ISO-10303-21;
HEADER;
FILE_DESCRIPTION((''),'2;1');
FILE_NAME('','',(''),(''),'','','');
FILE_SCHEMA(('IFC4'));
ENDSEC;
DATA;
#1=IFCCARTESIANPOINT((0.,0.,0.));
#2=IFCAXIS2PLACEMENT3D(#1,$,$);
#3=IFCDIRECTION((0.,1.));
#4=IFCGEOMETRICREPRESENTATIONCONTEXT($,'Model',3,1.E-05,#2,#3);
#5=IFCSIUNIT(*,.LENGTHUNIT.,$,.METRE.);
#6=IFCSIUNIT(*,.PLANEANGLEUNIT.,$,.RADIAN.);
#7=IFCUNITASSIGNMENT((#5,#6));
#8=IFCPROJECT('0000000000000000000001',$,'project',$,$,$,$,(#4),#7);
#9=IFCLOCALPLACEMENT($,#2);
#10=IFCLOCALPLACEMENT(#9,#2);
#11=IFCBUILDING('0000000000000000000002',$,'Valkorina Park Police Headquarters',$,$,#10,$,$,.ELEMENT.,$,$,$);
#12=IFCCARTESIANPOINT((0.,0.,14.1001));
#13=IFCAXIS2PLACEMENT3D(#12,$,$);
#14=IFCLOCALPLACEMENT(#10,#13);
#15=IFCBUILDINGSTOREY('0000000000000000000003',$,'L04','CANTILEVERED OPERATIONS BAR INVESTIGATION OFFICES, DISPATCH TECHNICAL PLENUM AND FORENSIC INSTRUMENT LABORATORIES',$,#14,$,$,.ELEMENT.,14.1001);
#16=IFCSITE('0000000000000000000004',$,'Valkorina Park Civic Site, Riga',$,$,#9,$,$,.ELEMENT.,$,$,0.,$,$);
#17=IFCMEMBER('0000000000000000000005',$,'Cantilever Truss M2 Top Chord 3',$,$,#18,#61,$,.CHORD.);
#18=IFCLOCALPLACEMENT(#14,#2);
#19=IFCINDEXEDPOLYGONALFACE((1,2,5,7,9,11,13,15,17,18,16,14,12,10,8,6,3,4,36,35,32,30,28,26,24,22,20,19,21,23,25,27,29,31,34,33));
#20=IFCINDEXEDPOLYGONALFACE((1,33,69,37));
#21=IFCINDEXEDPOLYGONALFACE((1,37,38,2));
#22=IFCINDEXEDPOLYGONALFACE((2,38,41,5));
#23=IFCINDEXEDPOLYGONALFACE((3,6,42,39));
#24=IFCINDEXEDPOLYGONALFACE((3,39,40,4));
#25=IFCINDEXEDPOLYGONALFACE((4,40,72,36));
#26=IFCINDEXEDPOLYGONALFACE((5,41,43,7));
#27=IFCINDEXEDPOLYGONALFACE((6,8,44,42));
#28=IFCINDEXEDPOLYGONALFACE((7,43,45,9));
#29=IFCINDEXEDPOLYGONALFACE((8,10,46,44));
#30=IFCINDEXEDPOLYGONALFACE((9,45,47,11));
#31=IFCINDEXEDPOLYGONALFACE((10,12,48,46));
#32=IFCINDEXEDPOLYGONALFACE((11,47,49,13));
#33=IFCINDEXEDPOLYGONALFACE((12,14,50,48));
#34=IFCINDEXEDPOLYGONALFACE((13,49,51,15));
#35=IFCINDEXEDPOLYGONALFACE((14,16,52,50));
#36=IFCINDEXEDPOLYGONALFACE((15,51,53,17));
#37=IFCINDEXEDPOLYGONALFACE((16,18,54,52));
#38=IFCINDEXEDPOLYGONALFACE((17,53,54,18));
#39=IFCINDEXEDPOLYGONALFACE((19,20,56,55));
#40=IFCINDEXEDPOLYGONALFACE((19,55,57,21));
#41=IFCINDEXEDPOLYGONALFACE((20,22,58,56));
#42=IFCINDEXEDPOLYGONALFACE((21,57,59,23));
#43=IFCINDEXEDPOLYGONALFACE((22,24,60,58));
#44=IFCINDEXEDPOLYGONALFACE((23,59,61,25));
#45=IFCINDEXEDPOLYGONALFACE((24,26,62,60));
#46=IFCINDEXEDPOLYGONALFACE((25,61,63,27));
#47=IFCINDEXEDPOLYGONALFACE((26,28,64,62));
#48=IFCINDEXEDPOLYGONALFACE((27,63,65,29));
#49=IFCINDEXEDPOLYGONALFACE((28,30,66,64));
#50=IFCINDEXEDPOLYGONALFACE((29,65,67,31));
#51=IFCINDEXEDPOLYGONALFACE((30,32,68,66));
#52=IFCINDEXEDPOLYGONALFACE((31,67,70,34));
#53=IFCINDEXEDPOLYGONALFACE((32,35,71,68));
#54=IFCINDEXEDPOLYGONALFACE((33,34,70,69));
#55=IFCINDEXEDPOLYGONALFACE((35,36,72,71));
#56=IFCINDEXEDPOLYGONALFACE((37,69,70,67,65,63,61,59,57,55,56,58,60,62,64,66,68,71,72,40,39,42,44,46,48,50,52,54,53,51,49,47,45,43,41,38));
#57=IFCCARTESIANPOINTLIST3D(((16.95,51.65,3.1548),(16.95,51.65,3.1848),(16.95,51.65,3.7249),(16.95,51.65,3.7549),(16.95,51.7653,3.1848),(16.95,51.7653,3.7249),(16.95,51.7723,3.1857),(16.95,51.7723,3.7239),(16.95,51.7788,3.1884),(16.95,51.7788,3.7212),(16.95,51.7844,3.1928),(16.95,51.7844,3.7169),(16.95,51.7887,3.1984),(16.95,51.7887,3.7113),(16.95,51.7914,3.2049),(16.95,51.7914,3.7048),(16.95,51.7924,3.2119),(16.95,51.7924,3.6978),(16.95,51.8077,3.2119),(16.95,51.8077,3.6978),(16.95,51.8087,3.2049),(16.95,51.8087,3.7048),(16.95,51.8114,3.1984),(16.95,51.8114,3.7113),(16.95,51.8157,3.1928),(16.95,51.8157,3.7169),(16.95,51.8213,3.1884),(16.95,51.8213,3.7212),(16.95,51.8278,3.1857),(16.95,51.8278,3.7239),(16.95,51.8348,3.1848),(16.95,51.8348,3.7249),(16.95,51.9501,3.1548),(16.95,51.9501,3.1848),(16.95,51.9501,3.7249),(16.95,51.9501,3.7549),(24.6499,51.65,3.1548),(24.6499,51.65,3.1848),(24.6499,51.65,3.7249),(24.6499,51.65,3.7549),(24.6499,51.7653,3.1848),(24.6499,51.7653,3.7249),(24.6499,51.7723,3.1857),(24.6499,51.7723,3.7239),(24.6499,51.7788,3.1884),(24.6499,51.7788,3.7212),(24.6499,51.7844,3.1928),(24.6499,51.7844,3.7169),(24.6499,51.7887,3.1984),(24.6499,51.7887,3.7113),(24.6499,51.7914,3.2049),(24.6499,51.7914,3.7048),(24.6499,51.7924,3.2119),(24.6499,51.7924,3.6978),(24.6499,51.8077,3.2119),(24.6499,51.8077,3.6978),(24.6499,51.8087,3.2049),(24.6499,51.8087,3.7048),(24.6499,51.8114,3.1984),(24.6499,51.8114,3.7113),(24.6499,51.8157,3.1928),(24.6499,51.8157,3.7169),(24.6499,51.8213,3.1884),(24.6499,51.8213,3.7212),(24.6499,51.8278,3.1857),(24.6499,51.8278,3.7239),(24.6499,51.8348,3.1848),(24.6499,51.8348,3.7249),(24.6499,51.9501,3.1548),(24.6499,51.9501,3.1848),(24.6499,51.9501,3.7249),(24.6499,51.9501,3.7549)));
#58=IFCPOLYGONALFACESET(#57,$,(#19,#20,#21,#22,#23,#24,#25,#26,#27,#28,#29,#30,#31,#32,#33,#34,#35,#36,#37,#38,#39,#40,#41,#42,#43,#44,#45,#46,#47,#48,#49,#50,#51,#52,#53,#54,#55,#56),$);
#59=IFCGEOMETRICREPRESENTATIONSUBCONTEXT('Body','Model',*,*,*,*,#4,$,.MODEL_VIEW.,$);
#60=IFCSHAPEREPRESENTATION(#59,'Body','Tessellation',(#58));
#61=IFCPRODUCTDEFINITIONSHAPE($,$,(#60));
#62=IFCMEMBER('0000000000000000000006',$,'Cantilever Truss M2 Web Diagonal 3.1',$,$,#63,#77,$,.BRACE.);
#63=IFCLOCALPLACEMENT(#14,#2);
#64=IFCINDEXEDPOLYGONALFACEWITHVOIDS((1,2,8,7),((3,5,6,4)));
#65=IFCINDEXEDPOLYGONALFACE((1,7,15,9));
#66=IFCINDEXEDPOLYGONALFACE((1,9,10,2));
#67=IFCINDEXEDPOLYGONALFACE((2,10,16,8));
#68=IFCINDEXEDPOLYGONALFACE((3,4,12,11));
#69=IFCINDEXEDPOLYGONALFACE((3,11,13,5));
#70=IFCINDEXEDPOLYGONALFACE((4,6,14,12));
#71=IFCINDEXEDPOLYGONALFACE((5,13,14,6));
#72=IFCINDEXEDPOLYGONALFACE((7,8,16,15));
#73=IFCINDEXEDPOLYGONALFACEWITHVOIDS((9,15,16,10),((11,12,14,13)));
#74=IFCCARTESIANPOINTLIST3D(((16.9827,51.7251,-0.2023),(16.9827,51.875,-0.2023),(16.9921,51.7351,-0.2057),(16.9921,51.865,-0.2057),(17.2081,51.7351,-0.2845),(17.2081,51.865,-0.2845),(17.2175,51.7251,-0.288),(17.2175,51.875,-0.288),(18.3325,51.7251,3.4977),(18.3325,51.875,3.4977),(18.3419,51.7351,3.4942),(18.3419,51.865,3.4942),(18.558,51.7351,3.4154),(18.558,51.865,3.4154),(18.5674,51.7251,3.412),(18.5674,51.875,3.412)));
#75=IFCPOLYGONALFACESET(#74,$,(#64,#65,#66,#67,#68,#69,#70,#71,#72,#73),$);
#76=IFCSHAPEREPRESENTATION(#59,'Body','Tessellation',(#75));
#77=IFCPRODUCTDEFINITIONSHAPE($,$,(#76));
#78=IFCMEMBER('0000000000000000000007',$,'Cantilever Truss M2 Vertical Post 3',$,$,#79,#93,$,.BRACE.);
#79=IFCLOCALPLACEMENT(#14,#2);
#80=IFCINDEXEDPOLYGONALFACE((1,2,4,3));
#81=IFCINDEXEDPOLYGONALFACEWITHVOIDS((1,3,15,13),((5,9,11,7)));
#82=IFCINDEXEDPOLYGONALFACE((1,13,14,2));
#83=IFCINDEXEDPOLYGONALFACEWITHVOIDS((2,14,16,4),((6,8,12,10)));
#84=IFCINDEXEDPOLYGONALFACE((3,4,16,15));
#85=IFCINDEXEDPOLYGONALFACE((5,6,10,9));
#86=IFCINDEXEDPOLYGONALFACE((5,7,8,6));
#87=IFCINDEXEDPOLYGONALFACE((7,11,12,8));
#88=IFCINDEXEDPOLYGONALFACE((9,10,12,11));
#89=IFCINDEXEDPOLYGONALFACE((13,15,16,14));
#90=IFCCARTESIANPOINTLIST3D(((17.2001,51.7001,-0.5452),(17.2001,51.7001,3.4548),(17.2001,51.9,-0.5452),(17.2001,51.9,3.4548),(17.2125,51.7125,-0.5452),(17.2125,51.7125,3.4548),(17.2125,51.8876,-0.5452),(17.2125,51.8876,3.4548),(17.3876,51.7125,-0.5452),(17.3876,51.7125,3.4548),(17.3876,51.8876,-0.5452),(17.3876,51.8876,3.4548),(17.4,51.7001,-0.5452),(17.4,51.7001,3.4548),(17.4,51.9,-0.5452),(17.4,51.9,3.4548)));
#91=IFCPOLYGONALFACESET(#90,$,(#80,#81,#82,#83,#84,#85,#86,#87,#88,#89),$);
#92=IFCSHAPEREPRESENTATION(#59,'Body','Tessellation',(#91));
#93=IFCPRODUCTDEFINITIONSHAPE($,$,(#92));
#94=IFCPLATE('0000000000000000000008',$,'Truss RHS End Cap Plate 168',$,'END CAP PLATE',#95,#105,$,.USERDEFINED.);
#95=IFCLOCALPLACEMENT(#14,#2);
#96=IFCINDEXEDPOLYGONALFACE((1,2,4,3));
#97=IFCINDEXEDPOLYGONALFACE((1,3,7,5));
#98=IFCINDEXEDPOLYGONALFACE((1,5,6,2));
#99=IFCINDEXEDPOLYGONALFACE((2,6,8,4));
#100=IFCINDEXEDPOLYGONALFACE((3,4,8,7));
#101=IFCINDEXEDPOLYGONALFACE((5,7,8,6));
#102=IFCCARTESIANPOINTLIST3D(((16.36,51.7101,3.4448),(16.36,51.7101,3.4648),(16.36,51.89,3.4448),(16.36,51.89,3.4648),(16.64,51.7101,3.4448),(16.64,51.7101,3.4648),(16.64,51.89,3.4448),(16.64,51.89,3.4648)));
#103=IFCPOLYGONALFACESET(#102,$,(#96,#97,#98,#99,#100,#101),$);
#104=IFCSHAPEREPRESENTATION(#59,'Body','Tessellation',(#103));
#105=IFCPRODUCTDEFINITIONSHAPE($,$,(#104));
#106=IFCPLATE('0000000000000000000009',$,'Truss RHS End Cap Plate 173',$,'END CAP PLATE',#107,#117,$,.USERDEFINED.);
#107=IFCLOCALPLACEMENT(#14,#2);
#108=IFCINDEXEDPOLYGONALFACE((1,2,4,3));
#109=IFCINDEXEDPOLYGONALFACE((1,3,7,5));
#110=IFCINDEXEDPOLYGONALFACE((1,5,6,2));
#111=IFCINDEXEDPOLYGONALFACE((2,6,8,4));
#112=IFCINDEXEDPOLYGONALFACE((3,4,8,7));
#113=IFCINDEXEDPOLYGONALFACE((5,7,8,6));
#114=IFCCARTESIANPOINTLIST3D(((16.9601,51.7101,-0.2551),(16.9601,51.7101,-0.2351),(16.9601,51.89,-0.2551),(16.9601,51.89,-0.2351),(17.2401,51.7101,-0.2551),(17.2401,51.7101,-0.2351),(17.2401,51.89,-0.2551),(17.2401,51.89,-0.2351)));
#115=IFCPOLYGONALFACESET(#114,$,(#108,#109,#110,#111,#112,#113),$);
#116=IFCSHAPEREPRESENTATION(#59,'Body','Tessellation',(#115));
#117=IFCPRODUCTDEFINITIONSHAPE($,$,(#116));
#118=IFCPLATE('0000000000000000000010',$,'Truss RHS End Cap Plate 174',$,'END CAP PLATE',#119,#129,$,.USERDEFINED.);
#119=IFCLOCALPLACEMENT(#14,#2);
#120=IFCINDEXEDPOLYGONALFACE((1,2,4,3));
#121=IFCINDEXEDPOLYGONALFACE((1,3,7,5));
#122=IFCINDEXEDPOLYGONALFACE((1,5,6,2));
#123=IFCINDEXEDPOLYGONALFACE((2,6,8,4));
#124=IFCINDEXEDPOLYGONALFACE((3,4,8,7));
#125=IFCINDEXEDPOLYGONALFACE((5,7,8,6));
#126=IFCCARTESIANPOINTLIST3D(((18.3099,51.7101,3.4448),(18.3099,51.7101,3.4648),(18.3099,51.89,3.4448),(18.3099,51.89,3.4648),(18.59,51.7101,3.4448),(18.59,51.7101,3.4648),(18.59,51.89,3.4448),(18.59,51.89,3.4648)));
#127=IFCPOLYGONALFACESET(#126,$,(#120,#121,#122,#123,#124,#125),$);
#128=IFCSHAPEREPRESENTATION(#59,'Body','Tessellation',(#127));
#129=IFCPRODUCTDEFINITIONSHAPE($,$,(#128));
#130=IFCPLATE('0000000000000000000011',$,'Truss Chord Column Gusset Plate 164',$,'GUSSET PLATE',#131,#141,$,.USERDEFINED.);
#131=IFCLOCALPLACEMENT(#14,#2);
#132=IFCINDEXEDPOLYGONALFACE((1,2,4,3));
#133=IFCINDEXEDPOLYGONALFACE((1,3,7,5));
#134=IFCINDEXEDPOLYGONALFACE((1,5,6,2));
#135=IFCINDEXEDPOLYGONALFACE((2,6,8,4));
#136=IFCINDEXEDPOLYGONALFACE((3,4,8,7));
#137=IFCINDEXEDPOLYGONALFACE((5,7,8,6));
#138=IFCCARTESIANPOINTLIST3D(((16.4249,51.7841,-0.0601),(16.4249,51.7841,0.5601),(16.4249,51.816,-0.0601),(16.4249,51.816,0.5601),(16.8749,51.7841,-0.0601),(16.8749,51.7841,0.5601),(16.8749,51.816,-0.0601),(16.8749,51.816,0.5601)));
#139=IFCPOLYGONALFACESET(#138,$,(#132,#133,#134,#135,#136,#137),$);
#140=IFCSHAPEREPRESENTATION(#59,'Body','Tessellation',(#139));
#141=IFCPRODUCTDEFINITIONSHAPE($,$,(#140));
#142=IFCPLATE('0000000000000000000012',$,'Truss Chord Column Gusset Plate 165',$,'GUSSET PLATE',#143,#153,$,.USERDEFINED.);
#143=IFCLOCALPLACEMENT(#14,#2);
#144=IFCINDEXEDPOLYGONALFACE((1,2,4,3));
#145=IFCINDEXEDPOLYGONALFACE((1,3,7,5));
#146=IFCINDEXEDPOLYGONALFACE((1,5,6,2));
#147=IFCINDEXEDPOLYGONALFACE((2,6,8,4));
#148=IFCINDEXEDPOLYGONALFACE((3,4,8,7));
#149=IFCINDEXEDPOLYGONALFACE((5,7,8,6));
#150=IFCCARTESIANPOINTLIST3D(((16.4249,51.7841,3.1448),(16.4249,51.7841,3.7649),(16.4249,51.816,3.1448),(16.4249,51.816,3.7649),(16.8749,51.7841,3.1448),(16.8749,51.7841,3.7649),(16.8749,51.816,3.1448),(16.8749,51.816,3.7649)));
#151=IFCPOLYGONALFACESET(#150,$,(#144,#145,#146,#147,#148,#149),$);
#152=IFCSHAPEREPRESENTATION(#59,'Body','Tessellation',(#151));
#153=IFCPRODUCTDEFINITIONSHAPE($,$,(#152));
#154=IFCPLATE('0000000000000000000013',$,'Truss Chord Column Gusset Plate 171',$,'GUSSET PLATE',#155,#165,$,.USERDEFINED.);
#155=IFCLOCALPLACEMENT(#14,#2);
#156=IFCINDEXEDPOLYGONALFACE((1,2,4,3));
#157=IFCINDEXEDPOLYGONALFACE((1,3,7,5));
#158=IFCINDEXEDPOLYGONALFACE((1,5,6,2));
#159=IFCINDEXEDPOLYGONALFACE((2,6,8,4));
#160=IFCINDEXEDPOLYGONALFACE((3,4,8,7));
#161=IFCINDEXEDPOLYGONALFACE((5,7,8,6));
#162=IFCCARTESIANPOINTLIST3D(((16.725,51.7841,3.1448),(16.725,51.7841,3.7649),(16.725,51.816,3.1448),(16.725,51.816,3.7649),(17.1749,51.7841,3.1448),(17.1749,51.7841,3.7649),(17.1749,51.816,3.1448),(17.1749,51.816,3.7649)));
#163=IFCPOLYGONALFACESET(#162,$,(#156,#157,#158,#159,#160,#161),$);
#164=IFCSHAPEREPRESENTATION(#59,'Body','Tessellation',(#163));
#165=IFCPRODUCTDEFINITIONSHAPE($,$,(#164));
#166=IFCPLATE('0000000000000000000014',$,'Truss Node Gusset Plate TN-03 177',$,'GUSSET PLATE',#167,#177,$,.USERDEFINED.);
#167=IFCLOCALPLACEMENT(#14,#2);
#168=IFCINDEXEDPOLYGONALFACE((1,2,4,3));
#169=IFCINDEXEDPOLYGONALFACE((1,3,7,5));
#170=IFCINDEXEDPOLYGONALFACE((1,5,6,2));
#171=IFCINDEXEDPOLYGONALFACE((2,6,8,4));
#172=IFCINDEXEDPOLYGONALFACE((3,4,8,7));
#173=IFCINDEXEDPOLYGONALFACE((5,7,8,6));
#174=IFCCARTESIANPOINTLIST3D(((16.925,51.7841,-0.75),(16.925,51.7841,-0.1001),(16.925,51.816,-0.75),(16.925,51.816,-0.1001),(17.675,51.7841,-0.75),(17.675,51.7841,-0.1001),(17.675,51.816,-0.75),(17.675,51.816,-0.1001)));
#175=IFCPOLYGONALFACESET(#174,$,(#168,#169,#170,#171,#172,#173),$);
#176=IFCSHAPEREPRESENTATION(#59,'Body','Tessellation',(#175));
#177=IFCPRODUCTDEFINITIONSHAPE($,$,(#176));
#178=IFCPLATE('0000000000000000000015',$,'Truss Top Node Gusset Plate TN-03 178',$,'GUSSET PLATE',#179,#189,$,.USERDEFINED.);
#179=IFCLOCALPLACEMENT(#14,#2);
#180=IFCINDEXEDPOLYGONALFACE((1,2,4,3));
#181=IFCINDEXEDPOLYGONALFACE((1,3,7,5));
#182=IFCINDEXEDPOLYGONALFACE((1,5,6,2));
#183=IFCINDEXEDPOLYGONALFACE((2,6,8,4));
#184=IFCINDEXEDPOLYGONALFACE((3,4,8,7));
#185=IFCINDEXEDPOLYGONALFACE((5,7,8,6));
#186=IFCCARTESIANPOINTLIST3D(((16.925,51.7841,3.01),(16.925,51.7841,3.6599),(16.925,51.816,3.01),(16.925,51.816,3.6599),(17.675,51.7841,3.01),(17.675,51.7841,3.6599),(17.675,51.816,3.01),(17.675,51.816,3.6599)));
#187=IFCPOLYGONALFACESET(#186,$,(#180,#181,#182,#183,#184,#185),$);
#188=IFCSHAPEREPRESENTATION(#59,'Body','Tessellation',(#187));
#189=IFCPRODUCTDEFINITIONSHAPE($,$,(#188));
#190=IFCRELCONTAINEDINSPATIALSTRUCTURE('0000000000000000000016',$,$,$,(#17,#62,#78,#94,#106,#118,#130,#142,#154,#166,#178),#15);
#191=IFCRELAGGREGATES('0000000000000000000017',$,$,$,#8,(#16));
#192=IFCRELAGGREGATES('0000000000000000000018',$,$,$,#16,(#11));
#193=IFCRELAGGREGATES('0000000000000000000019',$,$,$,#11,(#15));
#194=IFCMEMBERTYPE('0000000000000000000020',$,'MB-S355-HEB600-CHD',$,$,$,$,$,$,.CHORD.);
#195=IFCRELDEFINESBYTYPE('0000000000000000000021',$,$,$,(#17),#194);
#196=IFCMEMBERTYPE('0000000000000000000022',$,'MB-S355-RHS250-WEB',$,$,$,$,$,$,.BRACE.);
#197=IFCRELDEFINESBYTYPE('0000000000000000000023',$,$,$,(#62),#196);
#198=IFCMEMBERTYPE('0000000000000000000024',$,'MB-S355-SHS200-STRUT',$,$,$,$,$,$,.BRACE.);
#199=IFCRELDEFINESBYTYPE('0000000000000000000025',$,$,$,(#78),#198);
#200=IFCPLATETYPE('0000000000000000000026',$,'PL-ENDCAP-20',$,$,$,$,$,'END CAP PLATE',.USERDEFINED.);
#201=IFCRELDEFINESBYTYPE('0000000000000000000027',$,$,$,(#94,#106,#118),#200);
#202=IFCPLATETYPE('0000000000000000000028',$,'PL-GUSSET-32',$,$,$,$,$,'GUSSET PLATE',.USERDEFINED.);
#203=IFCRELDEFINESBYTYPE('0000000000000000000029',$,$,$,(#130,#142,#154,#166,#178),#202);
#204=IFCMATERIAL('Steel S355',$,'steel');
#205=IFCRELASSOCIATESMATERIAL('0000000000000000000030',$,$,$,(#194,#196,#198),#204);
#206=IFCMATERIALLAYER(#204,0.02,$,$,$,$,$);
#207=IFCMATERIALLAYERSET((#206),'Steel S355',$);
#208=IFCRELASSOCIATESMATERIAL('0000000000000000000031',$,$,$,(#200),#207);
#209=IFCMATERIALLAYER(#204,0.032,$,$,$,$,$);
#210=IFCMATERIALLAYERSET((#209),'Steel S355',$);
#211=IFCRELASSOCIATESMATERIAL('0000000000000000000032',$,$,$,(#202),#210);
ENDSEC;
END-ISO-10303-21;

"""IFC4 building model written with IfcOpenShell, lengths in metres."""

from ifc_helpers import new_model, si_unit, direction, frame, origin, origin_2d, place, context, subcontext, project, spatial, rectangle, hollow_rectangle, i_section, extrude, material, layer, layer_set, material_profile, profile_set, type_object, element, save


model = new_model("IFC4")

# Units and contexts
model_context = context("Model", 3, precision=1e-05, world=origin(), true_north=direction((0.0, 1.0)))
body_context = subcontext(model_context, "Body", "Model", "MODEL_VIEW")
ifc_project = project(units=[si_unit("LENGTHUNIT", "METRE"), si_unit("PLANEANGLEUNIT", "RADIAN")], contexts=[model_context])

# Site, building, storey
site_placement = place(None, origin())
site = spatial("IfcSite", under=ifc_project, at=site_placement, Name="Valkorina Park Civic Site, Riga", CompositionType="ELEMENT", RefElevation=0.0)
building_placement = place(site_placement, origin())
building = spatial("IfcBuilding", under=site, at=building_placement, Name="Valkorina Park Police Headquarters", CompositionType="ELEMENT")
storey_placement = place(building_placement, frame((0.0, 0.0, 14.1001)))
storey = spatial("IfcBuildingStorey", under=building, at=storey_placement, Name="L04", Description="CANTILEVERED OPERATIONS BAR INVESTIGATION OFFICES, DISPATCH TECHNICAL PLENUM AND FORENSIC INSTRUMENT LABORATORIES", CompositionType="ELEMENT", Elevation=14.1001)

# Shared definitions
ifc_material_1 = material(Name="Steel S355", Category="steel")

# Members
ifc_material_profile_1 = material_profile(ifc_material_1, i_section(OverallWidth=0.3, OverallDepth=0.6001, WebThickness=0.0154, FlangeThickness=0.03, FilletRadius=0.0271, at=origin_2d()), Name="HEB 600")
ifc_profile_set_1 = profile_set([ifc_material_profile_1], Name="Steel S355")
member_type_1 = type_object("IfcMemberType", Name="MB-S355-HEB600-CHD", PredefinedType="CHORD", material=ifc_profile_set_1)
member_1_placement = place(storey_placement, frame((16.95, 51.8, 3.4548), z_axis=(1.0, 0.0, 0.0), x_axis=(0.0, 1.0, 0.0)))
element("IfcMember", 1, at=member_1_placement, inside=storey, type_object=member_type_1, Name="Cantilever Truss M2 Top Chord 3", PredefinedType="CHORD", context=body_context, shape_type="SweptSolid", body=[
    extrude(i_section(OverallWidth=0.3, OverallDepth=0.6001, WebThickness=0.0154, FlangeThickness=0.03, FilletRadius=0.0271, at=origin_2d()), origin(), (0.0, 0.0, 1.0), 7.7),
])
ifc_material_profile_2 = material_profile(ifc_material_1, hollow_rectangle(XDim=0.1499, YDim=0.25, WallThickness=0.01, at=origin_2d()), Name="RHS 250x150x10")
ifc_profile_set_2 = profile_set([ifc_material_profile_2], Name="Steel S355")
member_type_2 = type_object("IfcMemberType", Name="MB-S355-RHS250-WEB", PredefinedType="BRACE", material=ifc_profile_set_2)
member_2_placement = place(storey_placement, frame((17.1001, 51.8, -0.2451), z_axis=(0.342733, 0.0, 0.939433), x_axis=(0.0, 1.0, 0.0)))
element("IfcMember", 2, at=member_2_placement, inside=storey, type_object=member_type_2, Name="Cantilever Truss M2 Web Diagonal 3.1", PredefinedType="BRACE", context=body_context, shape_type="SweptSolid", body=[
    extrude(hollow_rectangle(XDim=0.1499, YDim=0.25, WallThickness=0.01, at=origin_2d()), origin(), (0.0, 0.0, 1.0), 3.9385),
])
ifc_material_profile_3 = material_profile(ifc_material_1, hollow_rectangle(XDim=0.2, YDim=0.2, WallThickness=0.0125, at=origin_2d()), Name="SHS 200x200x12.5")
ifc_profile_set_3 = profile_set([ifc_material_profile_3], Name="Steel S355")
member_type_3 = type_object("IfcMemberType", Name="MB-S355-SHS200-STRUT", PredefinedType="BRACE", material=ifc_profile_set_3)
member_3_placement = place(storey_placement, frame((17.3, 51.8, -0.5452), z_axis=(0.0, 0.0, 1.0), x_axis=(1.0, 0.0, 0.0)))
element("IfcMember", 3, at=member_3_placement, inside=storey, type_object=member_type_3, Name="Cantilever Truss M2 Vertical Post 3", PredefinedType="BRACE", context=body_context, shape_type="SweptSolid", body=[
    extrude(hollow_rectangle(XDim=0.2, YDim=0.2, WallThickness=0.0125, at=origin_2d()), origin(), (0.0, 0.0, 1.0), 4.0),
])

# Plates
ifc_layer_1 = layer(ifc_material_1, 0.02)
ifc_layer_set_1 = layer_set([ifc_layer_1], Name="Steel S355")
plate_type_1 = type_object("IfcPlateType", Name="PL-ENDCAP-20", ElementType="END CAP PLATE", PredefinedType="USERDEFINED", material=ifc_layer_set_1)
for number, where, z_axis, x_axis, name in (
    (4, (16.5, 51.8, 3.4448), (0.0, 0.0, 1.0), (1.0, 0.0, 0.0), "Truss RHS End Cap Plate 168"),
    (5, (17.1001, 51.8, -0.2551), (0.0, 0.0, 1.0), (1.0, 0.0, 0.0), "Truss RHS End Cap Plate 173"),
    (6, (18.45, 51.8, 3.4448), (0.0, 0.0, 1.0), (1.0, 0.0, 0.0), "Truss RHS End Cap Plate 174"),
):
    element("IfcPlate", number, at=place(storey_placement, frame(where, z_axis=z_axis, x_axis=x_axis)), inside=storey, type_object=plate_type_1, Name=name, ObjectType="END CAP PLATE", PredefinedType="USERDEFINED", context=body_context, shape_type="SweptSolid", body=[
        extrude(rectangle(XDim=0.28, YDim=0.1799, at=origin_2d()), origin(), (0.0, 0.0, 1.0), 0.02),
    ])
ifc_layer_2 = layer(ifc_material_1, 0.032)
ifc_layer_set_2 = layer_set([ifc_layer_2], Name="Steel S355")
plate_type_2 = type_object("IfcPlateType", Name="PL-GUSSET-32", ElementType="GUSSET PLATE", PredefinedType="USERDEFINED", material=ifc_layer_set_2)
for number, where, z_axis, x_axis, name in (
    (7, (16.6499, 51.8, -0.0601), (0.0, 0.0, 1.0), (1.0, 0.0, 0.0), "Truss Chord Column Gusset Plate 164"),
    (8, (16.6499, 51.8, 3.1448), (0.0, 0.0, 1.0), (1.0, 0.0, 0.0), "Truss Chord Column Gusset Plate 165"),
    (9, (16.95, 51.8, 3.1448), (0.0, 0.0, 1.0), (1.0, 0.0, 0.0), "Truss Chord Column Gusset Plate 171"),
):
    element("IfcPlate", number, at=place(storey_placement, frame(where, z_axis=z_axis, x_axis=x_axis)), inside=storey, type_object=plate_type_2, Name=name, ObjectType="GUSSET PLATE", PredefinedType="USERDEFINED", context=body_context, shape_type="SweptSolid", body=[
        extrude(rectangle(XDim=0.45, YDim=0.032, at=origin_2d()), origin(), (0.0, 0.0, 1.0), 0.6201),
    ])
for number, where, z_axis, x_axis, name in (
    (10, (17.3, 51.8, -0.75), (0.0, 0.0, 1.0), (1.0, 0.0, 0.0), "Truss Node Gusset Plate TN-03 177"),
    (11, (17.3, 51.8, 3.01), (0.0, 0.0, 1.0), (1.0, 0.0, 0.0), "Truss Top Node Gusset Plate TN-03 178"),
):
    element("IfcPlate", number, at=place(storey_placement, frame(where, z_axis=z_axis, x_axis=x_axis)), inside=storey, type_object=plate_type_2, Name=name, ObjectType="GUSSET PLATE", PredefinedType="USERDEFINED", context=body_context, shape_type="SweptSolid", body=[
        extrude(rectangle(XDim=0.75, YDim=0.032, at=origin_2d()), origin(), (0.0, 0.0, 1.0), 0.6499),
    ])

save(model, "model.ifc")
